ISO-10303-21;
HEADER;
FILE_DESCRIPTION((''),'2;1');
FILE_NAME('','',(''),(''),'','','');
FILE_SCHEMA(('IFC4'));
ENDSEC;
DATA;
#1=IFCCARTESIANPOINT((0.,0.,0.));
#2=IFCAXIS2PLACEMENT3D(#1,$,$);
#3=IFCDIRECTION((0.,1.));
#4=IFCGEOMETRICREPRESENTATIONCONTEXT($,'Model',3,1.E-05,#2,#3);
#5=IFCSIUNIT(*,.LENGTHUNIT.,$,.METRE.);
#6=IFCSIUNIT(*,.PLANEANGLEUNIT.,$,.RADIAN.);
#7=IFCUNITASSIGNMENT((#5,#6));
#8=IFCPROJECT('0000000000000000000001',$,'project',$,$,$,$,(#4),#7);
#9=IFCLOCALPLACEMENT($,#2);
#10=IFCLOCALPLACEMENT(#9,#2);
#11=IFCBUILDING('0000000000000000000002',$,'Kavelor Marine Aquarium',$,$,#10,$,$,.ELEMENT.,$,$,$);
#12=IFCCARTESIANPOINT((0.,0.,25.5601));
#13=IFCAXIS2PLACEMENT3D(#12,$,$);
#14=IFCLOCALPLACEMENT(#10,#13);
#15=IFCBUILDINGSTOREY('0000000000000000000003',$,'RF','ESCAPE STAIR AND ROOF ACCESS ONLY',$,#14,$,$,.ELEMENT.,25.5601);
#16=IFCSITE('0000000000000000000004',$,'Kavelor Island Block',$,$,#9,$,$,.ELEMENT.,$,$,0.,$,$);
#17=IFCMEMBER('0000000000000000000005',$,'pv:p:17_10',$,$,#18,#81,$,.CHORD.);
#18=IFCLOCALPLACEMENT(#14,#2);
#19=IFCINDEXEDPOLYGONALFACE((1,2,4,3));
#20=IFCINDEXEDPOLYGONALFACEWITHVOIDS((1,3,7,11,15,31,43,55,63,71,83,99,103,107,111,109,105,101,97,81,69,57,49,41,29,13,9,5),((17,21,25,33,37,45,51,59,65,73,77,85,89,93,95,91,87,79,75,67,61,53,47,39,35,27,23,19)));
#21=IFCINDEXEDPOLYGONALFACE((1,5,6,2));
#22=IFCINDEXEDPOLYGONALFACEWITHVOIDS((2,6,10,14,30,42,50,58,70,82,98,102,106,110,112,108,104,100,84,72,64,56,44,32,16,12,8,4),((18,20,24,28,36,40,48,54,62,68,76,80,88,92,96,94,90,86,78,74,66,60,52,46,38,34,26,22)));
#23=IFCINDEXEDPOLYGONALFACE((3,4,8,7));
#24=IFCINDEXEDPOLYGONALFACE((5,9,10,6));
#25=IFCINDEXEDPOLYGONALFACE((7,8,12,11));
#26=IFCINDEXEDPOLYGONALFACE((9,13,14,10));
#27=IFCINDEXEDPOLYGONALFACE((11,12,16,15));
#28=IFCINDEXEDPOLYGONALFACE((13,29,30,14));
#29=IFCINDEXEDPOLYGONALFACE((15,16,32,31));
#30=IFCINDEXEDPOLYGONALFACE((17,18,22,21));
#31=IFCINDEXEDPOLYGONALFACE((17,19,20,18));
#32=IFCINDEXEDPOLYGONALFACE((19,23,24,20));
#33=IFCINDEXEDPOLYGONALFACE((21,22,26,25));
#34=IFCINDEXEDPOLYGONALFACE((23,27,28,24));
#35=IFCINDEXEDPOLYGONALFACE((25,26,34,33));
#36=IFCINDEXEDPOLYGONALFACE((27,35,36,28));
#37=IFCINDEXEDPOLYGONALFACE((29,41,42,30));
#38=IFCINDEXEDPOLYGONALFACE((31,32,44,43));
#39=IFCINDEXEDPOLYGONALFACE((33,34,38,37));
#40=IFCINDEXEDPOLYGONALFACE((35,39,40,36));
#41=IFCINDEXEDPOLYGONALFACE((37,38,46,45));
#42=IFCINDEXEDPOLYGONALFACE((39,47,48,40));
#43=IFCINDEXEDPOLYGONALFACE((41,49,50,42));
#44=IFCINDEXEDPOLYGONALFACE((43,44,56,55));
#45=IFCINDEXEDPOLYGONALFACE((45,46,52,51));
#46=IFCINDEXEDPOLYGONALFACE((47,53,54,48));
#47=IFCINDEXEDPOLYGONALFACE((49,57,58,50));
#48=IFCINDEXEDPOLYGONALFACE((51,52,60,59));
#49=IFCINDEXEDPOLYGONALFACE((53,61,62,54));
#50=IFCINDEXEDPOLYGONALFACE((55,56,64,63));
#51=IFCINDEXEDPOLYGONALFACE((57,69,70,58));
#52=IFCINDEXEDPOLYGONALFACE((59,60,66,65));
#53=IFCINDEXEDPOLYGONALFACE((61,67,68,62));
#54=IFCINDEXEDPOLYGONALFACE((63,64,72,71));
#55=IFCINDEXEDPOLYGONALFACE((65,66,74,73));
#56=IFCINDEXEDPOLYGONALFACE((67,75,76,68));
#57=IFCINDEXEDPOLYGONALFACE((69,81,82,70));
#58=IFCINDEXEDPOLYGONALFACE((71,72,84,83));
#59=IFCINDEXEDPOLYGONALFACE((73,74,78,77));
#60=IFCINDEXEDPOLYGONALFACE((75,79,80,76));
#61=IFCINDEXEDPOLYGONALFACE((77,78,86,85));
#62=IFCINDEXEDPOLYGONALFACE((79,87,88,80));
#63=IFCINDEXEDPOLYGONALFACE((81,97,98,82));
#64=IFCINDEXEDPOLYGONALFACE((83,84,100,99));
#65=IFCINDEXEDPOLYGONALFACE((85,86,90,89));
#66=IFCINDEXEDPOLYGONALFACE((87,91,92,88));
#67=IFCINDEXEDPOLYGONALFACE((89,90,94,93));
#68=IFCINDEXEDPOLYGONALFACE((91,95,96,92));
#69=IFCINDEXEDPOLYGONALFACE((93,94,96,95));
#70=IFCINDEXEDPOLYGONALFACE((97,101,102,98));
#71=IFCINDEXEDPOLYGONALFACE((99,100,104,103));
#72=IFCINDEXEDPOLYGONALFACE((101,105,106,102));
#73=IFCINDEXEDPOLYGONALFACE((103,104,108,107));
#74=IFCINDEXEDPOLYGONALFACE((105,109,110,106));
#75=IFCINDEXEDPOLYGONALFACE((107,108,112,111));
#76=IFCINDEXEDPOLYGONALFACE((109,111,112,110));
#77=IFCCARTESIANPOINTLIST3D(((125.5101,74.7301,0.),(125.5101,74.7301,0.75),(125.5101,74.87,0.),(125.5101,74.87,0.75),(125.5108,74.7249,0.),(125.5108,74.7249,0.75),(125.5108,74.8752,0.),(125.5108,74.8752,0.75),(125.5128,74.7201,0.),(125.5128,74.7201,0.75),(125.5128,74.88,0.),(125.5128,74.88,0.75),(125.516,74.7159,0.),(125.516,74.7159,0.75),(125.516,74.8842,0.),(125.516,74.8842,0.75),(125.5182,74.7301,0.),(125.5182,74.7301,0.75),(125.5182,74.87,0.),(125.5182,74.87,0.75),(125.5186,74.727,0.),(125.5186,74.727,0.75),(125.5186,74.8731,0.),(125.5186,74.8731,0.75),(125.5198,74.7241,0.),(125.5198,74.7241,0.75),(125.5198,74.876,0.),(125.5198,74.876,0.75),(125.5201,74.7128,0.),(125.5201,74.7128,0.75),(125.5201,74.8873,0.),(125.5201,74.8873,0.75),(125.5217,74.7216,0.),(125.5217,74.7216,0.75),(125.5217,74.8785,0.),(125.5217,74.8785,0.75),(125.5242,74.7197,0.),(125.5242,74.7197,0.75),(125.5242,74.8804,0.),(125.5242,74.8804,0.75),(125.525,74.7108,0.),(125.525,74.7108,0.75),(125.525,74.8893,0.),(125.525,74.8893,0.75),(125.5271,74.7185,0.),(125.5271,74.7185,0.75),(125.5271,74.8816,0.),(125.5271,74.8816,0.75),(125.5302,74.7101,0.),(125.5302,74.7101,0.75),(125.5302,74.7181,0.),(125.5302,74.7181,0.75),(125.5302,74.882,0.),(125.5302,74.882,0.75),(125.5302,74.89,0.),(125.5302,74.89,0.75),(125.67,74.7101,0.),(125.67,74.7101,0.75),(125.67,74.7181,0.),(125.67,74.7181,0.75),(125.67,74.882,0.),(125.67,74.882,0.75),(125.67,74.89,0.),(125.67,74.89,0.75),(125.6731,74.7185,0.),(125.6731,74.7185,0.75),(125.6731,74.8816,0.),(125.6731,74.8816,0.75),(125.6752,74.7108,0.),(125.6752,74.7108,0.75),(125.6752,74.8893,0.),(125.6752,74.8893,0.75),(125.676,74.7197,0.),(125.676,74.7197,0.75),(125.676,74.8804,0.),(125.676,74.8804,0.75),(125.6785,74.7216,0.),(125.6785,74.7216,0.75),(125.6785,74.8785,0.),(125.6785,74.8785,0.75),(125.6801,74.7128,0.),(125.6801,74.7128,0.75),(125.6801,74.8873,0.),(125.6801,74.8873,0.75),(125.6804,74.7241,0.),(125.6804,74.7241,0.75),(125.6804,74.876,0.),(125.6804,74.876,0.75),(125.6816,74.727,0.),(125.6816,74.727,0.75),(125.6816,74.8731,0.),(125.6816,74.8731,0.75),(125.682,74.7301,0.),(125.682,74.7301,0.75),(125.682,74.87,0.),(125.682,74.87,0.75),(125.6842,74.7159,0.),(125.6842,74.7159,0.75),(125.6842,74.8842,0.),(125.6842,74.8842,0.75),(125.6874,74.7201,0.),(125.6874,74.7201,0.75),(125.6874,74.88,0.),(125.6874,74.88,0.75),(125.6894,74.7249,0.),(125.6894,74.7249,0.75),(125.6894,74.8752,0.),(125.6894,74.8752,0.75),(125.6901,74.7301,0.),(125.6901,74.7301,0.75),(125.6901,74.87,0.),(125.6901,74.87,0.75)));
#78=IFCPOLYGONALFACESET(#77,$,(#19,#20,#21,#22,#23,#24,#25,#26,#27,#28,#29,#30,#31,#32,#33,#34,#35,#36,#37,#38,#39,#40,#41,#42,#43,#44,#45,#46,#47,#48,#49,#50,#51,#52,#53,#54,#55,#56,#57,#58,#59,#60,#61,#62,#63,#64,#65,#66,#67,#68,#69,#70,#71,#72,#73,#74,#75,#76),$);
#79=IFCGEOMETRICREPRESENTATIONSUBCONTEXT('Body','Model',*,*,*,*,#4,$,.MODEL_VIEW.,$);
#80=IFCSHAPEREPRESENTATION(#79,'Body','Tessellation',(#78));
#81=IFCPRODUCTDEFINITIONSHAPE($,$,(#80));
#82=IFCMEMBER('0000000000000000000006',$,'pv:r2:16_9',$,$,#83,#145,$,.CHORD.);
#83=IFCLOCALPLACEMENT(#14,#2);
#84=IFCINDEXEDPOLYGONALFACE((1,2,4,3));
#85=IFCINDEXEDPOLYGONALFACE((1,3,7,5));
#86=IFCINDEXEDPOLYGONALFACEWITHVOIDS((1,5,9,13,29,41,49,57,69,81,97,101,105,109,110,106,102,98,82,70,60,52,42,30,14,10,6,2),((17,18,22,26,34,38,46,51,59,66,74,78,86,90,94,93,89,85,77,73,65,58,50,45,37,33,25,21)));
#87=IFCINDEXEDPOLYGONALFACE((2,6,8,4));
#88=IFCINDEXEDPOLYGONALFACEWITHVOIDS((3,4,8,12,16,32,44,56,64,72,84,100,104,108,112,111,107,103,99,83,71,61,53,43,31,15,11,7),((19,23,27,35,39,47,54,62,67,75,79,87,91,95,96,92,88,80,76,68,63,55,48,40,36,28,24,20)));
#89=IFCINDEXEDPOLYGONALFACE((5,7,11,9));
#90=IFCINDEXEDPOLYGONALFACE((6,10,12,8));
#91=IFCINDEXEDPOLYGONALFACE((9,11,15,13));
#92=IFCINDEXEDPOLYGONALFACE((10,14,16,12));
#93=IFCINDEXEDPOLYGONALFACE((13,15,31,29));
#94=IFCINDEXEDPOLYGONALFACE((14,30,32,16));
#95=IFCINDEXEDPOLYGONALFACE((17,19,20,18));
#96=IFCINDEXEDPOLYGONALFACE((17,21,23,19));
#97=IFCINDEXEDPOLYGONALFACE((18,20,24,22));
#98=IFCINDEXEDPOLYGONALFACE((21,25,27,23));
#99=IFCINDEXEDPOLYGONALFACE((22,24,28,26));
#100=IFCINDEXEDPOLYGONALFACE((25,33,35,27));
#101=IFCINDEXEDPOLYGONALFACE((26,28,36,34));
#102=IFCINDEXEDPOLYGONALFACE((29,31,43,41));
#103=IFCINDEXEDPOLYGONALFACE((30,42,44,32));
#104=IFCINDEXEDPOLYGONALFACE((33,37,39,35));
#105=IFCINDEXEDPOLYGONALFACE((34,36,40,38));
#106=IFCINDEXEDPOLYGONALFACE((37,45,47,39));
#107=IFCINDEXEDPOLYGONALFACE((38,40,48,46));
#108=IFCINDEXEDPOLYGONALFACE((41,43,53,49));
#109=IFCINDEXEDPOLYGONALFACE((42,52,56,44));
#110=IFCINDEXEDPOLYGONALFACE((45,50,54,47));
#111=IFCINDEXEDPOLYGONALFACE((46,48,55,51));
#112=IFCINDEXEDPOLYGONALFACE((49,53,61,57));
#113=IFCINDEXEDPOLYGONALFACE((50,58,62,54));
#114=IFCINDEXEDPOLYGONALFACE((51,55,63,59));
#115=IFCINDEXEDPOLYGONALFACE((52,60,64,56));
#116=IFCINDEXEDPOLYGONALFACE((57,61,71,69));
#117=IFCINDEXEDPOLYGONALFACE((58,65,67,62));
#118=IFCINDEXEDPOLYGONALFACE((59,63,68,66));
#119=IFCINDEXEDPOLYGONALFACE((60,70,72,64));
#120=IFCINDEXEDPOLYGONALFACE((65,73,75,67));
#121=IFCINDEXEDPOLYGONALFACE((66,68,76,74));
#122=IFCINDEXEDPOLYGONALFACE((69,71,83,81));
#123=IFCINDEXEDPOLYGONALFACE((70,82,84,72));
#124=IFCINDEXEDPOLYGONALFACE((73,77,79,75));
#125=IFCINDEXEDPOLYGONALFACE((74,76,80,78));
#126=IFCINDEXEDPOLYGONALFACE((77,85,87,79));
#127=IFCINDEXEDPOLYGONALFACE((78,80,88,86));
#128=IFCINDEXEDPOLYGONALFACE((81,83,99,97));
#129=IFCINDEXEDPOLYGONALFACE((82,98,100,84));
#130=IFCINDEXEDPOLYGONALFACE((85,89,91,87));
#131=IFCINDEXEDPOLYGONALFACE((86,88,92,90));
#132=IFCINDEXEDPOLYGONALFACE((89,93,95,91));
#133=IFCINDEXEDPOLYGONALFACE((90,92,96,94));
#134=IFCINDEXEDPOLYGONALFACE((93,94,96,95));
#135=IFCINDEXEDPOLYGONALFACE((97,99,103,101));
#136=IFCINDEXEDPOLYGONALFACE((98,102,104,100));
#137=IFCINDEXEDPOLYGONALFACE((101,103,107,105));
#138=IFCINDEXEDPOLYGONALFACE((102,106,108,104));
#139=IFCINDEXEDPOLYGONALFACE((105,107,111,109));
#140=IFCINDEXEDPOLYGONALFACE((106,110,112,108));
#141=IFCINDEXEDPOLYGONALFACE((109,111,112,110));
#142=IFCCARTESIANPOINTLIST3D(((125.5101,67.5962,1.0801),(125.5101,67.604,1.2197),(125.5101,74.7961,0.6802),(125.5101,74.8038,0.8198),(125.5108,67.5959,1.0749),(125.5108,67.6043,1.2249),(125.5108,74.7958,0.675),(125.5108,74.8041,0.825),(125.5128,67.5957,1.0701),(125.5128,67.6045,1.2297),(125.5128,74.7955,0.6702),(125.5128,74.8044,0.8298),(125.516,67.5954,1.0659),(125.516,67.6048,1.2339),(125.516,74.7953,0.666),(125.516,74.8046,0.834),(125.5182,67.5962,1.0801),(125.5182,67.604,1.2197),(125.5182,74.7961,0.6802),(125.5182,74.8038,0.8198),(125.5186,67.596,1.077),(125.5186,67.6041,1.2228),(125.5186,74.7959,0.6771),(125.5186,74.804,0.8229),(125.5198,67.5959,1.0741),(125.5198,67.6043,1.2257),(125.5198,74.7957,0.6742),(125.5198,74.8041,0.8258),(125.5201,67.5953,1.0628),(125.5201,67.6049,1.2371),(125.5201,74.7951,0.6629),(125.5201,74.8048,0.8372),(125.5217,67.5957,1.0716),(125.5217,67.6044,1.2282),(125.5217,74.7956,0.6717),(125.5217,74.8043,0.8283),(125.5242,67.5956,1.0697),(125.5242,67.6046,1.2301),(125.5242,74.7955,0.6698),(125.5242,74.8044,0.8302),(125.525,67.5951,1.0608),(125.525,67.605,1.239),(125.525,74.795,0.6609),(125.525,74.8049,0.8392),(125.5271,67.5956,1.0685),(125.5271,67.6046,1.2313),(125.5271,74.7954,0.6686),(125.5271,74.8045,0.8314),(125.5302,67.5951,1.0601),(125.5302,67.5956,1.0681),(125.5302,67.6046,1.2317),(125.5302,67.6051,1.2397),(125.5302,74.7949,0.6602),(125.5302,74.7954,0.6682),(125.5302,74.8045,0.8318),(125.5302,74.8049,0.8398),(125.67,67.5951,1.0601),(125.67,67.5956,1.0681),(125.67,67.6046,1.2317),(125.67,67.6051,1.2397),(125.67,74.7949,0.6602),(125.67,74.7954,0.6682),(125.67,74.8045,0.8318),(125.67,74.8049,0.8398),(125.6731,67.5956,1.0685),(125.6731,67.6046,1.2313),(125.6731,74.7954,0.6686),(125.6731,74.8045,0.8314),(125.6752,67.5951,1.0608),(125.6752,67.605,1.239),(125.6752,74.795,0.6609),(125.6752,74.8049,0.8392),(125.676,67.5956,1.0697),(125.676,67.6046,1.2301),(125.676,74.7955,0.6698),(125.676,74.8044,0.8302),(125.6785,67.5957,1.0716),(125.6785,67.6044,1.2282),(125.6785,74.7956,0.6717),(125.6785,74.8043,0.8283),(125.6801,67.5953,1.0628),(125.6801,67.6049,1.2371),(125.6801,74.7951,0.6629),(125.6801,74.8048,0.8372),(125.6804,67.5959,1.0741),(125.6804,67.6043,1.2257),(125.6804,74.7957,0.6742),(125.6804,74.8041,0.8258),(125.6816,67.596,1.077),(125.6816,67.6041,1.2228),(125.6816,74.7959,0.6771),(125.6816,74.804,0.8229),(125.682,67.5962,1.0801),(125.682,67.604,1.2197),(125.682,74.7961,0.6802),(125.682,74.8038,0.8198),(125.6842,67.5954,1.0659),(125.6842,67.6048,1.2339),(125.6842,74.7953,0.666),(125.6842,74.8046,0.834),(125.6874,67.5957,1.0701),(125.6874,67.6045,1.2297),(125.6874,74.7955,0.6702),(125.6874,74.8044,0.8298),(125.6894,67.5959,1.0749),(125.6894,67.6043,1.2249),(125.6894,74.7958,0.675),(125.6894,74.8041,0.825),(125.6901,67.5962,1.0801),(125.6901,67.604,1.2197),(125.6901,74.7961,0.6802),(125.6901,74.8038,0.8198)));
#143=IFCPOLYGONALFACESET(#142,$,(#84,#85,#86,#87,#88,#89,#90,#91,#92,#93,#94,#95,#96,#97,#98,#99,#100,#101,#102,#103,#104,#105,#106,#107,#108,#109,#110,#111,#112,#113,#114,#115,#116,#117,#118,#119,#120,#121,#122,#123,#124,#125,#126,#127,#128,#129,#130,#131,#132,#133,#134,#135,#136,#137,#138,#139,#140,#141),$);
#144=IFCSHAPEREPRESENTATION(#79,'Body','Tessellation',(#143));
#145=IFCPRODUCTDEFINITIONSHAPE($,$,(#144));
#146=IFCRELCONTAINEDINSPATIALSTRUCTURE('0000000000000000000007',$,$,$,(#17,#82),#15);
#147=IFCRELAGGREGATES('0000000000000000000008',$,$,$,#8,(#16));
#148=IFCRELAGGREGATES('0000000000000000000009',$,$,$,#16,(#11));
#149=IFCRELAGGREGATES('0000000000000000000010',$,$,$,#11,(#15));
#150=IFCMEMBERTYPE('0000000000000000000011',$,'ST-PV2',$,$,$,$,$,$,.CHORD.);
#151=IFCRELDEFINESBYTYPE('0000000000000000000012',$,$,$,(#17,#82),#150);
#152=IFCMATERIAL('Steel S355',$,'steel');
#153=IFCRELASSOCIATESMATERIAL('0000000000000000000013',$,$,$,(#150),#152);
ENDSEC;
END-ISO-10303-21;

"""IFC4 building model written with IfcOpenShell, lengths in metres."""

from ifc_helpers import new_model, si_unit, direction, frame, origin, origin_2d, place, context, subcontext, project, spatial, hollow_rectangle, extrude, material, material_profile, profile_set, type_object, element, save


model = new_model("IFC4")

# Units and contexts
model_context = context("Model", 3, precision=1e-05, world=origin(), true_north=direction((0.0, 1.0)))
body_context = subcontext(model_context, "Body", "Model", "MODEL_VIEW")
ifc_project = project(units=[si_unit("LENGTHUNIT", "METRE"), si_unit("PLANEANGLEUNIT", "RADIAN")], contexts=[model_context])

# Site, building, storey
site_placement = place(None, origin())
site = spatial("IfcSite", under=ifc_project, at=site_placement, Name="Kavelor Island Block", CompositionType="ELEMENT", RefElevation=0.0)
building_placement = place(site_placement, origin())
building = spatial("IfcBuilding", under=site, at=building_placement, Name="Kavelor Marine Aquarium", CompositionType="ELEMENT")
storey_placement = place(building_placement, frame((0.0, 0.0, 25.5601)))
storey = spatial("IfcBuildingStorey", under=building, at=storey_placement, Name="RF", Description="ESCAPE STAIR AND ROOF ACCESS ONLY", CompositionType="ELEMENT", Elevation=25.5601)

# Members
ifc_material_1 = material(Name="Steel S355", Category="steel")
ifc_material_profile_1 = material_profile(ifc_material_1, hollow_rectangle(XDim=0.1799, YDim=0.1799, WallThickness=0.0081, InnerFilletRadius=0.012, OuterFilletRadius=0.02, at=origin_2d()), Name="SHS 180x180x8.0")
ifc_profile_set_1 = profile_set([ifc_material_profile_1], Name="Steel S355")
member_type_1 = type_object("IfcMemberType", Name="ST-PV2", PredefinedType="CHORD", material=ifc_profile_set_1)
member_1_placement = place(storey_placement, frame((125.6001, 74.8, 0.0), z_axis=(0.0, 0.0, 1.0), x_axis=(1.0, 0.0, 0.0)))
element("IfcMember", 1, at=member_1_placement, inside=storey, type_object=member_type_1, Name="pv:p:17_10", PredefinedType="CHORD", context=body_context, shape_type="SweptSolid", body=[
    extrude(hollow_rectangle(XDim=0.1799, YDim=0.1799, WallThickness=0.0081, InnerFilletRadius=0.012, OuterFilletRadius=0.02, at=origin_2d()), origin(), (0.0, 0.0, 1.0), 0.75),
])
member_2_placement = place(storey_placement, frame((125.6001, 67.6001, 1.1499), z_axis=(0.0, 0.998461, -0.055457), x_axis=(-1.0, 0.0, 0.0)))
element("IfcMember", 2, at=member_2_placement, inside=storey, type_object=member_type_1, Name="pv:r2:16_9", PredefinedType="CHORD", context=body_context, shape_type="SweptSolid", body=[
    extrude(hollow_rectangle(XDim=0.1799, YDim=0.1799, WallThickness=0.0081, InnerFilletRadius=0.012, OuterFilletRadius=0.02, at=origin_2d()), origin(), (0.0, 0.0, 1.0), 7.2109),
])

save(model, "model.ifc")
